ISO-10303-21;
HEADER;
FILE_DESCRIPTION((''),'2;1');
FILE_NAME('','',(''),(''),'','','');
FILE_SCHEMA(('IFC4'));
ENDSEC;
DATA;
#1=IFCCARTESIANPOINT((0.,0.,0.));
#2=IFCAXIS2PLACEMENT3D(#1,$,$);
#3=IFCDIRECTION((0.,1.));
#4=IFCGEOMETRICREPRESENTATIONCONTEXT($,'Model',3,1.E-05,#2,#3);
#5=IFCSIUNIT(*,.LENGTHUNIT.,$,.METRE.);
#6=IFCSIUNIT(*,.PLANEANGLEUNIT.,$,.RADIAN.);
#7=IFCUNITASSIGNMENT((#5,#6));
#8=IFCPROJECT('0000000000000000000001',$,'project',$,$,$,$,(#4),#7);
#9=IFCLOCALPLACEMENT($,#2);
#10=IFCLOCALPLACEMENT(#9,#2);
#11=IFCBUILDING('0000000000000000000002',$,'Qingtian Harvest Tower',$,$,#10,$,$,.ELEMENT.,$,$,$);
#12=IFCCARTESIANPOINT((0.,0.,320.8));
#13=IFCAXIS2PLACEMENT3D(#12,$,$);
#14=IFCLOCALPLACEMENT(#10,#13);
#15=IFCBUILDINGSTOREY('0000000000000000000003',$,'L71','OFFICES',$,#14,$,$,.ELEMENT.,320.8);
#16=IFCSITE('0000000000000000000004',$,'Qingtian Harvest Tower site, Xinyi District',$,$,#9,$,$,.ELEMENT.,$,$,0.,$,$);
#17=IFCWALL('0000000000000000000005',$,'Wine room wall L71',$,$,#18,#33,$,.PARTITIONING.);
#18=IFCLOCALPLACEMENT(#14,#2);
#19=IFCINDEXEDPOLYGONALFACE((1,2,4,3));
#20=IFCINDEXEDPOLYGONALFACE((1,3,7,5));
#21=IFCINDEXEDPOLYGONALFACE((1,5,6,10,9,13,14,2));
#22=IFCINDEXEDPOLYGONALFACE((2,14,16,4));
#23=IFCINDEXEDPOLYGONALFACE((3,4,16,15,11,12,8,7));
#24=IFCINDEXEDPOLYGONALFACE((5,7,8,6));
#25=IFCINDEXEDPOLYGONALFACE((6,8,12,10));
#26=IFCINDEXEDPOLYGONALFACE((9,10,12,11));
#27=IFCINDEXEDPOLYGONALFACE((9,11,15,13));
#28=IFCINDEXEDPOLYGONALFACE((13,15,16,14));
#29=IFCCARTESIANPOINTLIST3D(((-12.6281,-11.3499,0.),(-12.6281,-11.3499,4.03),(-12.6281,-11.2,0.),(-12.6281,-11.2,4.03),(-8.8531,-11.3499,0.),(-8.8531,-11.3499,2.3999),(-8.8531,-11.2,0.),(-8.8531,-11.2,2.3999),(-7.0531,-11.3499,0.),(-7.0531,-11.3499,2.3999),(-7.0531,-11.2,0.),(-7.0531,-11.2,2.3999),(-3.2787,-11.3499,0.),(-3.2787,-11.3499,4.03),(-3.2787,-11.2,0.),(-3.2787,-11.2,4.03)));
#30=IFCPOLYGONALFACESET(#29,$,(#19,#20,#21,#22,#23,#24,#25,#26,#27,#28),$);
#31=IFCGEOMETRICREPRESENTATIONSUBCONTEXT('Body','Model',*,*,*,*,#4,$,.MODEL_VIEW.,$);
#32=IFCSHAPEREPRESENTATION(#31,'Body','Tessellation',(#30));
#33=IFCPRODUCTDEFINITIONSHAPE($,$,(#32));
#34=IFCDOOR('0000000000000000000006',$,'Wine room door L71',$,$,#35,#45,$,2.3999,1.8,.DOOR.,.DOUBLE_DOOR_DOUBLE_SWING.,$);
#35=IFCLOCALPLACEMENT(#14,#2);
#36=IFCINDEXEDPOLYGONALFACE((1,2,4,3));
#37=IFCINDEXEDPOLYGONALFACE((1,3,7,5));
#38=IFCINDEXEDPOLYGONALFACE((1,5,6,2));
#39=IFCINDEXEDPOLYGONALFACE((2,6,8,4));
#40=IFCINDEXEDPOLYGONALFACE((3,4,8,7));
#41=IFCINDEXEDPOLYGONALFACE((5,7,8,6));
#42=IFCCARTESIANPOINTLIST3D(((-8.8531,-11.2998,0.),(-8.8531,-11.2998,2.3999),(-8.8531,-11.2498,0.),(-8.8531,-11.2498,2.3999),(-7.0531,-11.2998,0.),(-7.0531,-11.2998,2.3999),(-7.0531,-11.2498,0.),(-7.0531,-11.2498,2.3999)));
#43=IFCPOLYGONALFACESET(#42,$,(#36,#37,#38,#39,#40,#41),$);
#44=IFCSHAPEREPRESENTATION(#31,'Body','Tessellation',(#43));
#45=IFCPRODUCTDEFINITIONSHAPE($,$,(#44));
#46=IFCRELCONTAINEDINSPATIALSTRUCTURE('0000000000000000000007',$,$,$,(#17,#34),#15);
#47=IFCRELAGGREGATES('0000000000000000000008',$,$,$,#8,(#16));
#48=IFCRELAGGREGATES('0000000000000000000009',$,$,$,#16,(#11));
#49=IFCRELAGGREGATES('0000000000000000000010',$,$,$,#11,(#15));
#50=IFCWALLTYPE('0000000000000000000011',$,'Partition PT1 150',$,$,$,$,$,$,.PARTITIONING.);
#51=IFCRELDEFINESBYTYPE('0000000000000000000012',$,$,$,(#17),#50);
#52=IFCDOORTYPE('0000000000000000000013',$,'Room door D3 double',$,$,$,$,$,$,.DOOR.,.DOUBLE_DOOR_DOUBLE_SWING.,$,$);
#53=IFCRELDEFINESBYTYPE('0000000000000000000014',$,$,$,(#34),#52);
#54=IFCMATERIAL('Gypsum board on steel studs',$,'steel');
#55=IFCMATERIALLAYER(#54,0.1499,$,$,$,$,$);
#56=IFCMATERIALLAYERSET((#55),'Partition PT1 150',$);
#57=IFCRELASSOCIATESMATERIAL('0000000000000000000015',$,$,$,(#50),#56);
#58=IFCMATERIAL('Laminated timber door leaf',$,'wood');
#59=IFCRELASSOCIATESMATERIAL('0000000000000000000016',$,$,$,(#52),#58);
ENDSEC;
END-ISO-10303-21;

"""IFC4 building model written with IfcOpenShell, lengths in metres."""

from ifc_helpers import new_model, si_unit, direction, frame, frame_2d, origin, place, context, subcontext, project, spatial, rectangle, extrude, material, layer, layer_set, type_object, element, fill, save


model = new_model("IFC4")

# Units and contexts
model_context = context("Model", 3, precision=1e-05, world=origin(), true_north=direction((0.0, 1.0)))
body_context = subcontext(model_context, "Body", "Model", "MODEL_VIEW")
ifc_project = project(units=[si_unit("LENGTHUNIT", "METRE"), si_unit("PLANEANGLEUNIT", "RADIAN")], contexts=[model_context])

# Site, building, storey
site_placement = place(None, origin())
site = spatial("IfcSite", under=ifc_project, at=site_placement, Name="Qingtian Harvest Tower site, Xinyi District", CompositionType="ELEMENT", RefElevation=0.0)
building_placement = place(site_placement, origin())
building = spatial("IfcBuilding", under=site, at=building_placement, Name="Qingtian Harvest Tower", CompositionType="ELEMENT")
storey_placement = place(building_placement, frame((0.0, 0.0, 320.8)))
storey = spatial("IfcBuildingStorey", under=building, at=storey_placement, Name="L71", Description="OFFICES", CompositionType="ELEMENT", Elevation=320.8)

# Shared definitions
ifc_material_1 = material(Name="Gypsum board on steel studs", Category="steel")
ifc_layer_1 = layer(ifc_material_1, 0.1499)
ifc_layer_set_1 = layer_set([ifc_layer_1], Name="Partition PT1 150")
wall_type_1 = type_object("IfcWallType", Name="Partition PT1 150", PredefinedType="PARTITIONING", material=ifc_layer_set_1)

# Wall, opening, door
wall_1_placement = place(storey_placement, frame((-3.2786, -11.2749, 0.0), z_axis=(0.0, 0.0, 1.0), x_axis=(-1.0, 0.0, 0.0)))
wall_1 = element("IfcWall", 1, at=wall_1_placement, inside=storey, type_object=wall_type_1, Name="Wine room wall L71", PredefinedType="PARTITIONING", context=body_context, shape_type="SweptSolid", body=[
    extrude(rectangle(XDim=9.3494, YDim=0.1499, at=frame_2d((4.6748, 0.0))), origin(), (0.0, 0.0, 1.0), 4.03),
])
opening_1_placement = place(wall_1_placement, frame((3.7747, 0.0, 0.0)))
opening_1 = element("IfcOpeningElement", 2, at=opening_1_placement, cuts=wall_1, PredefinedType="OPENING", context=body_context, shape_type="SweptSolid", body=[
    extrude(rectangle(XDim=1.8, YDim=2.3999, at=frame_2d((0.8999, 1.2))), frame((0.0, 0.085, 0.0), z_axis=(0.0, -1.0, 0.0), x_axis=(1.0, 0.0, 0.0)), (0.0, 0.0, 1.0), 0.1699),
])
ifc_material_2 = material(Name="Laminated timber door leaf", Category="wood")
door_type_1 = type_object("IfcDoorType", Name="Room door D3 double", OperationType="DOUBLE_DOOR_DOUBLE_SWING", PredefinedType="DOOR", material=ifc_material_2)
door_1_placement = place(opening_1_placement, origin())
door_1 = element("IfcDoor", 3, at=door_1_placement, inside=storey, type_object=door_type_1, Name="Wine room door L71", OperationType="DOUBLE_DOOR_DOUBLE_SWING", OverallHeight=2.3999, OverallWidth=1.8, PredefinedType="DOOR", context=body_context, shape_type="SweptSolid", body=[
    extrude(rectangle(XDim=1.8, YDim=2.3999, at=frame_2d((0.8999, 1.2))), frame((0.0, 0.0249, 0.0), z_axis=(0.0, -1.0, 0.0), x_axis=(1.0, 0.0, 0.0)), (0.0, 0.0, 1.0), 0.05),
])
fill(opening_1, door_1)

save(model, "model.ifc")
